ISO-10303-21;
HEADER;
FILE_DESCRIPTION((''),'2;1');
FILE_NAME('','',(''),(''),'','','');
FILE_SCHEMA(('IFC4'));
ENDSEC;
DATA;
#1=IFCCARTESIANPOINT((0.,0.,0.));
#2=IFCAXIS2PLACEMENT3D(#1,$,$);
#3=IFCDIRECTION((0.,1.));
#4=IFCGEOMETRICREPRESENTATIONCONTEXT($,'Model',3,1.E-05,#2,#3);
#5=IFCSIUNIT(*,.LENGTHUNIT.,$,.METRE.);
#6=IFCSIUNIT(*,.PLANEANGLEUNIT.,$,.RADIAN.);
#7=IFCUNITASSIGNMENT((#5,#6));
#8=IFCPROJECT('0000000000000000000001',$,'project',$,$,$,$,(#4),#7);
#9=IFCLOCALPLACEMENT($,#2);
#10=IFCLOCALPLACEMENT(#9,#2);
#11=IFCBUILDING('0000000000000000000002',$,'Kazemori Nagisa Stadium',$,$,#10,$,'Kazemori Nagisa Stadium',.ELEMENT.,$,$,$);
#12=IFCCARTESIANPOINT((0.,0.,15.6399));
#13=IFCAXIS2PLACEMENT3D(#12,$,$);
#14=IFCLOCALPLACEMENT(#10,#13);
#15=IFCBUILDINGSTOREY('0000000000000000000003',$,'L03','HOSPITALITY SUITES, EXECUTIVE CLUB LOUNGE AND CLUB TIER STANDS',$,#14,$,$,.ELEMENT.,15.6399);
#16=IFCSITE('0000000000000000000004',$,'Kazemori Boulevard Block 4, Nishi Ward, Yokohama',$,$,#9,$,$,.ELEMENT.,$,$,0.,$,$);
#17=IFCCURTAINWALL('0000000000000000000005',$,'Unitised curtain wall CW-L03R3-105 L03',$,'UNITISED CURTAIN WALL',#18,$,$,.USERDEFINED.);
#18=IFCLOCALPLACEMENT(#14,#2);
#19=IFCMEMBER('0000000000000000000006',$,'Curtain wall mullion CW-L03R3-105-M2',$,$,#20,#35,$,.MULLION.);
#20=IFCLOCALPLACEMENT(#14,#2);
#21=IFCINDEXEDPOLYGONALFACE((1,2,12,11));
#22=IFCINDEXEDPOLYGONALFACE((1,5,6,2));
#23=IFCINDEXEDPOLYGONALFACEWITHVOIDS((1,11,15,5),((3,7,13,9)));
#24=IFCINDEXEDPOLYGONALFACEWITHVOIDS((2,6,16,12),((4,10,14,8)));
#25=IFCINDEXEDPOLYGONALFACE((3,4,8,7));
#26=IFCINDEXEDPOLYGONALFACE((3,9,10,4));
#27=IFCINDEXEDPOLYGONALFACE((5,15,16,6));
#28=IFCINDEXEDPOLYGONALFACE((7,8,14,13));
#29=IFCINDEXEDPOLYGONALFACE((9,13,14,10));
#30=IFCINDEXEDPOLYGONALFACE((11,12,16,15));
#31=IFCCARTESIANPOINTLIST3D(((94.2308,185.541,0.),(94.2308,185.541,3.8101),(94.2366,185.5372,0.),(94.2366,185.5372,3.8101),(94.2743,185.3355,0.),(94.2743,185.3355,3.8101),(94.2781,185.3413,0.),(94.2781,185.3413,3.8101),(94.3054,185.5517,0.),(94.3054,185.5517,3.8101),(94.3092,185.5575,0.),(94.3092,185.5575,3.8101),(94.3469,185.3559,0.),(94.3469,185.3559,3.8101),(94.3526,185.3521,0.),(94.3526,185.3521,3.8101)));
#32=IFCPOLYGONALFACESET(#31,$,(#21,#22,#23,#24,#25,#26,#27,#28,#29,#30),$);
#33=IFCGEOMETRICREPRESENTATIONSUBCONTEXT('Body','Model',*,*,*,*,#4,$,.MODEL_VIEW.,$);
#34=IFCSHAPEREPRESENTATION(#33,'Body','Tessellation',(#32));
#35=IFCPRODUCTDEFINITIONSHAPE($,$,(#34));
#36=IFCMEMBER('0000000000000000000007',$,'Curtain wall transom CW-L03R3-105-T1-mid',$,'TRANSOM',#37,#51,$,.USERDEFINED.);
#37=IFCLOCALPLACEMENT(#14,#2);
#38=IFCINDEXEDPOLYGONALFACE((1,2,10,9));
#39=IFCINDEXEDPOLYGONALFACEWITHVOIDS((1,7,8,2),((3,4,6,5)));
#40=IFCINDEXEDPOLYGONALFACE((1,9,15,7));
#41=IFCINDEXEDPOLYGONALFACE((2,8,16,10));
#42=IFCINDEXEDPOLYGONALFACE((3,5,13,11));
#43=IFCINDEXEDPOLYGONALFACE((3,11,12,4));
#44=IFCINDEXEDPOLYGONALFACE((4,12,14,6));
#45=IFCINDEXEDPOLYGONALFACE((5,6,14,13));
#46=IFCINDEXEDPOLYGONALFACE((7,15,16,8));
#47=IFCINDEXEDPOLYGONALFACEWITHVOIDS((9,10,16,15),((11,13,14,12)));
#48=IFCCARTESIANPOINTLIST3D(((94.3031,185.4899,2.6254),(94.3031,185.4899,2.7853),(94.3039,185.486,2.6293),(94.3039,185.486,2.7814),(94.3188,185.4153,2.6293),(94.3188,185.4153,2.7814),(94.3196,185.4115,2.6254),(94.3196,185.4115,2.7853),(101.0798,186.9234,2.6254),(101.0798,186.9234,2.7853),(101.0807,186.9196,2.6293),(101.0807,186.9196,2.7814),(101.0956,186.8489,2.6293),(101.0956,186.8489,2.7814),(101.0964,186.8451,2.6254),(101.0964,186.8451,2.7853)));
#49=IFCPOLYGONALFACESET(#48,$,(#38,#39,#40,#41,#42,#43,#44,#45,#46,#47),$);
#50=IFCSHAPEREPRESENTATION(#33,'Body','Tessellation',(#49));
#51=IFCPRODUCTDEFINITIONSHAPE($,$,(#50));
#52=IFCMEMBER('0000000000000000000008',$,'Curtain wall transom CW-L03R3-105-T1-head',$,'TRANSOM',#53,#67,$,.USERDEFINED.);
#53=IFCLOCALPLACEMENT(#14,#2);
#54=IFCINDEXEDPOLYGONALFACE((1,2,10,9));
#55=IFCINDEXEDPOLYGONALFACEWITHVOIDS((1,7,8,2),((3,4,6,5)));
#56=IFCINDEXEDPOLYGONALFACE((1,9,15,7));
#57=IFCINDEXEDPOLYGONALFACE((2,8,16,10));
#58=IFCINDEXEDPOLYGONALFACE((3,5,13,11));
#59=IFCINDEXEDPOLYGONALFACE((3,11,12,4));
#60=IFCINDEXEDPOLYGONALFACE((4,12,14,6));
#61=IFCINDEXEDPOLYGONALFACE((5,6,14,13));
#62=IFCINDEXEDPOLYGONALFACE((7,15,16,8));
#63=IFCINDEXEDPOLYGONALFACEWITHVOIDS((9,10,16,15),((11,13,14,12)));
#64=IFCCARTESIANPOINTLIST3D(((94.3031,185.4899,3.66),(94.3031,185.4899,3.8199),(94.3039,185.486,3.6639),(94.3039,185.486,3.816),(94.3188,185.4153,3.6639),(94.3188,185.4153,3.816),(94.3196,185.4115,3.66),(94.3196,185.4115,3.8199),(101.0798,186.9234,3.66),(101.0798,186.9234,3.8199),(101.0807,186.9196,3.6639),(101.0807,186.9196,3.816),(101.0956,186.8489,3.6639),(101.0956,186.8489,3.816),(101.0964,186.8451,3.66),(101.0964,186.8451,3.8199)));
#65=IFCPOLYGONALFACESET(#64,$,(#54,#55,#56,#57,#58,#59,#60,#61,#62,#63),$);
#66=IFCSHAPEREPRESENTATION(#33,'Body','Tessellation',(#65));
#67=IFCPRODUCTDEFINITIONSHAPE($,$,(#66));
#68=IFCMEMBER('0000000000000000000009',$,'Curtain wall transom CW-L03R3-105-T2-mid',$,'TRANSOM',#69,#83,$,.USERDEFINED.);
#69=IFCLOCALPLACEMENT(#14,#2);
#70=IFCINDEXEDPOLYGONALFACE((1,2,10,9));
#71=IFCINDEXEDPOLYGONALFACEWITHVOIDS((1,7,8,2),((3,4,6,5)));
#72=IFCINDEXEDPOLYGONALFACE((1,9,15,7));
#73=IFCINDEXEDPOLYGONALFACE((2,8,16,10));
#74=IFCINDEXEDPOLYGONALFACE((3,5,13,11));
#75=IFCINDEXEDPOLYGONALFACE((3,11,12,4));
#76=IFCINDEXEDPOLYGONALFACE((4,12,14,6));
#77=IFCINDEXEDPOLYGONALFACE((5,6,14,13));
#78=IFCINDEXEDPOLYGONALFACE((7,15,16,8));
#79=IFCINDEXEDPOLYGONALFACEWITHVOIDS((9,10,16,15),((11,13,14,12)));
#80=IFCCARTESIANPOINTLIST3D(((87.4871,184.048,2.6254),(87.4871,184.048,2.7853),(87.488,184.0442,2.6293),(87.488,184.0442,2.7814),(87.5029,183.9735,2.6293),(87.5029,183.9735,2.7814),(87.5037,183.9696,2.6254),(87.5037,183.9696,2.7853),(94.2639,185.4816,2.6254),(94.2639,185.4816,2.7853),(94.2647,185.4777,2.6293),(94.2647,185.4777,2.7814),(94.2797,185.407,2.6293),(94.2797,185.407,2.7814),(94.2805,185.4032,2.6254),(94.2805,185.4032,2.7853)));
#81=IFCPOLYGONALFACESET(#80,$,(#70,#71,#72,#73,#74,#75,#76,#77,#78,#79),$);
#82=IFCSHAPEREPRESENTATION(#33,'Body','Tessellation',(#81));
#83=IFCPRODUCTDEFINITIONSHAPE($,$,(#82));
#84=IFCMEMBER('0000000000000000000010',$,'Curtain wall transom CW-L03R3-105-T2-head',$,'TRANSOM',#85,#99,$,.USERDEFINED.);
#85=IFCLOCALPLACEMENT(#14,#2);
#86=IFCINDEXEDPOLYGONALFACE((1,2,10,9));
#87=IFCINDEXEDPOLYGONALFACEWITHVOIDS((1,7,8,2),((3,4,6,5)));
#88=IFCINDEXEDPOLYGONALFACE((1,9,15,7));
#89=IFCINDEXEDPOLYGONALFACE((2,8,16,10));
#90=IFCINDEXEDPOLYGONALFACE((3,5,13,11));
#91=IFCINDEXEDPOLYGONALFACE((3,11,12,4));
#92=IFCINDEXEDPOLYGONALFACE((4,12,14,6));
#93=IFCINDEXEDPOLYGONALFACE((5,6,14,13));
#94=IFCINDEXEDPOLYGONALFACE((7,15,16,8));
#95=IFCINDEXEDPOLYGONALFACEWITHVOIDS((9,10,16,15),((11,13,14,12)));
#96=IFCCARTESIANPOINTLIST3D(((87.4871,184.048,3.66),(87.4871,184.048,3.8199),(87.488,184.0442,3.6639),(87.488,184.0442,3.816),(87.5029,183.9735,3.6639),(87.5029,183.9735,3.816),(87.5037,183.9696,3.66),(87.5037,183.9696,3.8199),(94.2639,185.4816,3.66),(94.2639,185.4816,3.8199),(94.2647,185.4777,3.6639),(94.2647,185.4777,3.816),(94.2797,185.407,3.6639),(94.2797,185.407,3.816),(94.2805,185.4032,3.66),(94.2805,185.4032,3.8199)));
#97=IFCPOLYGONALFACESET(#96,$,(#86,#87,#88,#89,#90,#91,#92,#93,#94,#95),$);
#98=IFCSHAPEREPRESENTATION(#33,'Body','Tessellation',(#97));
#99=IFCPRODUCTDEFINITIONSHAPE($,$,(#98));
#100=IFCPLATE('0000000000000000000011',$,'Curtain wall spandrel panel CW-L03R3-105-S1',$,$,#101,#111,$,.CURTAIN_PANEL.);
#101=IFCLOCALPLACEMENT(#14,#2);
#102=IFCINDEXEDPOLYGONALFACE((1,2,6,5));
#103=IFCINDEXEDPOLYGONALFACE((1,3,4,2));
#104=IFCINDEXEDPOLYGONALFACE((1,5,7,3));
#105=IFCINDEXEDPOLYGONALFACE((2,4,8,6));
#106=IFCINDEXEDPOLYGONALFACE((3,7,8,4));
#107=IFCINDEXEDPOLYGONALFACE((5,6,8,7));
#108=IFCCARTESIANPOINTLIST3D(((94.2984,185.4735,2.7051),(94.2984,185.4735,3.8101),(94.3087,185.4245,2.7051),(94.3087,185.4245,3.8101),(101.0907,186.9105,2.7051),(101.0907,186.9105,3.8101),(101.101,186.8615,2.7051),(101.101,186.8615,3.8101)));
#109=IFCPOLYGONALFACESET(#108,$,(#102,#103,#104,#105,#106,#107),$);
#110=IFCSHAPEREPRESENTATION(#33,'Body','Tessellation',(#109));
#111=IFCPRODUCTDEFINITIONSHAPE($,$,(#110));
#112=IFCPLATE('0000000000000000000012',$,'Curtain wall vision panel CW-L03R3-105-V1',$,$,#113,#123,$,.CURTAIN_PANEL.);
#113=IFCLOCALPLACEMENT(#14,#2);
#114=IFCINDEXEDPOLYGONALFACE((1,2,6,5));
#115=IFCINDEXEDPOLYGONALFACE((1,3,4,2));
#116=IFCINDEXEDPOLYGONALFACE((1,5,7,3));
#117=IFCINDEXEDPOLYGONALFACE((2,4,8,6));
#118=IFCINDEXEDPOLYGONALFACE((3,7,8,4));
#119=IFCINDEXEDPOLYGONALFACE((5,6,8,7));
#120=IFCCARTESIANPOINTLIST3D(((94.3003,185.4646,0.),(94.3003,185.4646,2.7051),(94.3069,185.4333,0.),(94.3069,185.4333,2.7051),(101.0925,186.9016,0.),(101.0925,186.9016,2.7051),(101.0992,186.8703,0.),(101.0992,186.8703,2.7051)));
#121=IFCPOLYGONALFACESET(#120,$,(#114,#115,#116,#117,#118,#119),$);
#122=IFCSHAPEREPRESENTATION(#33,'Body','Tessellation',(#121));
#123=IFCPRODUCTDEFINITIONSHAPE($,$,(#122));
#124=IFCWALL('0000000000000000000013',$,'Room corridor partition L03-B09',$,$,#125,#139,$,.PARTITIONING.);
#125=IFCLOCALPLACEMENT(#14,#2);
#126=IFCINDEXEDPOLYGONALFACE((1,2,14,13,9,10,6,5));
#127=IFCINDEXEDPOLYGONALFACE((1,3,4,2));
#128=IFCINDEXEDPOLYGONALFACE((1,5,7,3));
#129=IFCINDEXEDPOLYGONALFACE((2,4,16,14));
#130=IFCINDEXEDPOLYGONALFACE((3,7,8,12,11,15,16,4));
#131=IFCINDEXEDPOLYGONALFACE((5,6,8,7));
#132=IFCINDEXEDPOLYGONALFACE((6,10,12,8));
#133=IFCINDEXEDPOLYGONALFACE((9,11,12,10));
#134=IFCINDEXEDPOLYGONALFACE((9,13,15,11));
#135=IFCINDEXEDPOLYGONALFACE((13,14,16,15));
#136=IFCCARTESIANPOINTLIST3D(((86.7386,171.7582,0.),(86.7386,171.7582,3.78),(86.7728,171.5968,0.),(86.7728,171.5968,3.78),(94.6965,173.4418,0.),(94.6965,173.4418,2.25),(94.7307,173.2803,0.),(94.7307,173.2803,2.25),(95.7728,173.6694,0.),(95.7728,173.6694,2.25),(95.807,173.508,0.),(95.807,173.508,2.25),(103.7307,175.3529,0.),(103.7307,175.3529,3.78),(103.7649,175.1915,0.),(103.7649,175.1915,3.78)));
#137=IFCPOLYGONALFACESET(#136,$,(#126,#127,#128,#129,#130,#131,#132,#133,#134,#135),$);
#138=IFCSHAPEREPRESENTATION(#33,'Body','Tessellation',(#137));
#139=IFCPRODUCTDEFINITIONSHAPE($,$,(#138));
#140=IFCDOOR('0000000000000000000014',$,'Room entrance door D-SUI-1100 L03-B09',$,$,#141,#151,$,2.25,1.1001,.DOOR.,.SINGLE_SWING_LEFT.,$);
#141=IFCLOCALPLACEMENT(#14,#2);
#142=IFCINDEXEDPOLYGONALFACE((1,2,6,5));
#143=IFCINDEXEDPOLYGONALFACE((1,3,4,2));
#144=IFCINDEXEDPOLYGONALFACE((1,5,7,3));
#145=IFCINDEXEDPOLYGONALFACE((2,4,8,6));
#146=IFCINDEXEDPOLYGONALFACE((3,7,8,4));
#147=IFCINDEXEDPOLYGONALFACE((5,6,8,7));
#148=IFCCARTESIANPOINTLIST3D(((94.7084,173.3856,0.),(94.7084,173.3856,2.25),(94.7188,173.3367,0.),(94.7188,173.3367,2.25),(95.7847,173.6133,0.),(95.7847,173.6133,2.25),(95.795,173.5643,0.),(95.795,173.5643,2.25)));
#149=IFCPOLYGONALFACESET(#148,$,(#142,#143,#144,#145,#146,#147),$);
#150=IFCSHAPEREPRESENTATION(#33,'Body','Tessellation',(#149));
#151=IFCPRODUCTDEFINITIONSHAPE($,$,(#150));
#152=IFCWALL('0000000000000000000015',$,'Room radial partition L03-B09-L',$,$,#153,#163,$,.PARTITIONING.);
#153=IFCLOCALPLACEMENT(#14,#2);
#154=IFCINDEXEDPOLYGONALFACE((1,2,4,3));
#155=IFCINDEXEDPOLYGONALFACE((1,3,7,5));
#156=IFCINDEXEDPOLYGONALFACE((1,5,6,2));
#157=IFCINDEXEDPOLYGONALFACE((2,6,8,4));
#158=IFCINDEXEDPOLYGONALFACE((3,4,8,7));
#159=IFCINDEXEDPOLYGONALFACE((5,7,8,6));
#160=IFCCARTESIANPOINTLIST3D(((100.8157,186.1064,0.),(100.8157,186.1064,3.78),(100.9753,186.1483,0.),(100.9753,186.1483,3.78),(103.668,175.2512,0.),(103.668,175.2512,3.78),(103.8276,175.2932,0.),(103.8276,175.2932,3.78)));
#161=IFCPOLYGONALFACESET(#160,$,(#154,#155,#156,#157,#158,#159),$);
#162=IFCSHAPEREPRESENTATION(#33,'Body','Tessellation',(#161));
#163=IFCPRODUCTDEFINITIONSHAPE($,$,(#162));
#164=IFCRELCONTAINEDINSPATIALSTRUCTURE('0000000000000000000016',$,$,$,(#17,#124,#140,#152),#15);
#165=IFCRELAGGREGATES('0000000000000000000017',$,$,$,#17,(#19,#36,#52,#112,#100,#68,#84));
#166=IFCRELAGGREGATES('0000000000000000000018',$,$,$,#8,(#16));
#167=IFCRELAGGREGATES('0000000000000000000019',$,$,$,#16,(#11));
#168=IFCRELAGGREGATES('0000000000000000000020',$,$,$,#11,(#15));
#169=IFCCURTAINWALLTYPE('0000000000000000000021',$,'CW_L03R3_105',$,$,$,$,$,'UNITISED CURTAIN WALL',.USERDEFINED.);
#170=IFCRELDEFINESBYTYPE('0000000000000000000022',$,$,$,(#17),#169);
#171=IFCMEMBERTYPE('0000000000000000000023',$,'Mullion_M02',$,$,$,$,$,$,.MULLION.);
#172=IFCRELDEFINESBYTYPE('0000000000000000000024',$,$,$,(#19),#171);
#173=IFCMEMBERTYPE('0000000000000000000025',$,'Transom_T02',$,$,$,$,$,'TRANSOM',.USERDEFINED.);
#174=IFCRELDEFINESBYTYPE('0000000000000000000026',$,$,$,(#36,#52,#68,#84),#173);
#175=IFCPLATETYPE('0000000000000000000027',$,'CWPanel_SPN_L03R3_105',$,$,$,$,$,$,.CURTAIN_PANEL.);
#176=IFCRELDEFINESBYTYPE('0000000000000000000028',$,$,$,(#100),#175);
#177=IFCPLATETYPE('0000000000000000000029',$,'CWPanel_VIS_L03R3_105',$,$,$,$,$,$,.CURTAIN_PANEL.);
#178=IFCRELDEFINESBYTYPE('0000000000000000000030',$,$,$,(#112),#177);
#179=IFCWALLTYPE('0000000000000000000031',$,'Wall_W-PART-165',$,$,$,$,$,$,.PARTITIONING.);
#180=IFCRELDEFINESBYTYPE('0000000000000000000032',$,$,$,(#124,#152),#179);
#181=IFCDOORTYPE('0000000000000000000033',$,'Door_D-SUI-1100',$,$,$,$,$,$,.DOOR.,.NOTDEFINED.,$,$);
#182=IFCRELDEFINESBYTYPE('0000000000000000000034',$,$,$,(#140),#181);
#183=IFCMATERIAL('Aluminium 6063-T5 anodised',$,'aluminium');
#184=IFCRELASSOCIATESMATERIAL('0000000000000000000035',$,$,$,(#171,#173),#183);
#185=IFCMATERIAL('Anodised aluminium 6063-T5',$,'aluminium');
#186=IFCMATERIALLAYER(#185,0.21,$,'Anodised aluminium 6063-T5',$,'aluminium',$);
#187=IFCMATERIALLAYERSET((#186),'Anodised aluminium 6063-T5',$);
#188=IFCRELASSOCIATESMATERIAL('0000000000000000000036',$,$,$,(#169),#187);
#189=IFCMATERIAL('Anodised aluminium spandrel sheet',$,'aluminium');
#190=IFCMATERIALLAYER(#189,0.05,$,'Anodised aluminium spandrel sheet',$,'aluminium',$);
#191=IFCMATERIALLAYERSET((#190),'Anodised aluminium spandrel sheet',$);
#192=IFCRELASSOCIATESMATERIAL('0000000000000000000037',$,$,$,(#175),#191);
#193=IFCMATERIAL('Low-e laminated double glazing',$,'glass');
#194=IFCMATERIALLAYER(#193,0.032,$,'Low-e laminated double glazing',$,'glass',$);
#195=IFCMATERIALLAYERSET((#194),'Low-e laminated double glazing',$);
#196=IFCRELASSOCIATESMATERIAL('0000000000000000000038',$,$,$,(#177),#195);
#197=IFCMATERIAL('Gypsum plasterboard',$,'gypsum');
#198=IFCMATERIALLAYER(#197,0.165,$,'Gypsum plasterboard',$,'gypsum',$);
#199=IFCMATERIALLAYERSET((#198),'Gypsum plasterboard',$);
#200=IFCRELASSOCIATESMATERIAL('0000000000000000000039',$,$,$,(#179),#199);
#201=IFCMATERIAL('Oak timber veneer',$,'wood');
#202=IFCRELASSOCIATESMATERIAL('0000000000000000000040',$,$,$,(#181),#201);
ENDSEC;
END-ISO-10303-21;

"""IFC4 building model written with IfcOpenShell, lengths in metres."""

from ifc_helpers import new_model, si_unit, direction, frame, frame_2d, origin, origin_2d, place, context, subcontext, project, spatial, rectangle, hollow_rectangle, extrude, material, layer, layer_set, material_profile, profile_set, type_object, element, fill, aggregate, save


model = new_model("IFC4")

# Units and contexts
model_context = context("Model", 3, precision=1e-05, world=origin(), true_north=direction((0.0, 1.0)))
body_context = subcontext(model_context, "Body", "Model", "MODEL_VIEW")
ifc_project = project(units=[si_unit("LENGTHUNIT", "METRE"), si_unit("PLANEANGLEUNIT", "RADIAN")], contexts=[model_context])

# Site, building, storey
site_placement = place(None, origin())
site = spatial("IfcSite", under=ifc_project, at=site_placement, Name="Kazemori Boulevard Block 4, Nishi Ward, Yokohama", CompositionType="ELEMENT", RefElevation=0.0)
building_placement = place(site_placement, origin())
building = spatial("IfcBuilding", under=site, at=building_placement, Name="Kazemori Nagisa Stadium", LongName="Kazemori Nagisa Stadium", CompositionType="ELEMENT")
storey_placement = place(building_placement, frame((0.0, 0.0, 15.6399)))
storey = spatial("IfcBuildingStorey", under=building, at=storey_placement, Name="L03", Description="HOSPITALITY SUITES, EXECUTIVE CLUB LOUNGE AND CLUB TIER STANDS", CompositionType="ELEMENT", Elevation=15.6399)

# Shared definitions
ifc_material_1 = material(Name="Anodised aluminium 6063-T5", Category="aluminium")
ifc_material_2 = material(Name="Aluminium 6063-T5 anodised", Category="aluminium")
ifc_material_profile_1 = material_profile(ifc_material_2, hollow_rectangle(XDim=0.0801, YDim=0.21, WallThickness=0.0049, at=origin_2d()), Name="ALU-MULL-80x210x5")
ifc_profile_set_1 = profile_set([ifc_material_profile_1], Name="Aluminium 6063-T5 anodised")
member_type_1 = type_object("IfcMemberType", Name="Mullion_M02", PredefinedType="MULLION", material=ifc_profile_set_1)

# Curtain wall, members, plates
ifc_layer_1 = layer(ifc_material_1, 0.21, Name="Anodised aluminium 6063-T5", Category="aluminium")
ifc_layer_set_1 = layer_set([ifc_layer_1], Name="Anodised aluminium 6063-T5")
curtain_wall_type_1 = type_object("IfcCurtainWallType", Name="CW_L03R3_105", ElementType="UNITISED CURTAIN WALL", PredefinedType="USERDEFINED", material=ifc_layer_set_1)
curtain_wall_1_placement = place(storey_placement, origin())
curtain_wall_1 = element("IfcCurtainWall", 1, at=curtain_wall_1_placement, inside=storey, type_object=curtain_wall_type_1, Name="Unitised curtain wall CW-L03R3-105 L03", ObjectType="UNITISED CURTAIN WALL", PredefinedType="USERDEFINED")
member_1_placement = place(storey_placement, frame((94.2917, 185.4465, 0.0), z_axis=(0.0, 0.0, 1.0), x_axis=(-0.978345, -0.206981, 0.0)))
member_1 = element("IfcMember", 2, at=member_1_placement, type_object=member_type_1, Name="Curtain wall mullion CW-L03R3-105-M2", PredefinedType="MULLION", context=body_context, shape_type="SweptSolid", body=[
    extrude(hollow_rectangle(XDim=0.0801, YDim=0.21, WallThickness=0.0049, at=origin_2d()), origin(), (0.0, 0.0, 1.0), 3.8101),
])
ifc_material_profile_2 = material_profile(ifc_material_2, hollow_rectangle(XDim=0.0801, YDim=0.1599, WallThickness=0.0039, at=origin_2d()), Name="ALU-TRAN-80x160x4")
ifc_profile_set_2 = profile_set([ifc_material_profile_2], Name="Aluminium 6063-T5 anodised")
member_type_2 = type_object("IfcMemberType", Name="Transom_T02", ElementType="TRANSOM", PredefinedType="USERDEFINED", material=ifc_profile_set_2)
member_2_placement = place(storey_placement, frame((101.0881, 186.8843, 2.7053), z_axis=(-0.978349, -0.206962, 0.0), x_axis=(0.206962, -0.978349, 0.0)))
member_2 = element("IfcMember", 3, at=member_2_placement, type_object=member_type_2, Name="Curtain wall transom CW-L03R3-105-T1-mid", ObjectType="TRANSOM", PredefinedType="USERDEFINED", context=body_context, shape_type="SweptSolid", body=[
    extrude(hollow_rectangle(XDim=0.0801, YDim=0.1599, WallThickness=0.0039, at=origin_2d()), origin(), (0.0, 0.0, 1.0), 6.9268),
])
member_3_placement = place(storey_placement, frame((101.0881, 186.8843, 3.74), z_axis=(-0.978349, -0.206962, 0.0), x_axis=(0.206962, -0.978349, 0.0)))
member_3 = element("IfcMember", 4, at=member_3_placement, type_object=member_type_2, Name="Curtain wall transom CW-L03R3-105-T1-head", ObjectType="TRANSOM", PredefinedType="USERDEFINED", context=body_context, shape_type="SweptSolid", body=[
    extrude(hollow_rectangle(XDim=0.0801, YDim=0.1599, WallThickness=0.0039, at=origin_2d()), origin(), (0.0, 0.0, 1.0), 6.9268),
])
member_4_placement = place(storey_placement, frame((94.2722, 185.4424, 2.7053), z_axis=(-0.978349, -0.206962, 0.0), x_axis=(0.206962, -0.978349, 0.0)))
member_4 = element("IfcMember", 5, at=member_4_placement, type_object=member_type_2, Name="Curtain wall transom CW-L03R3-105-T2-mid", ObjectType="TRANSOM", PredefinedType="USERDEFINED", context=body_context, shape_type="SweptSolid", body=[
    extrude(hollow_rectangle(XDim=0.0801, YDim=0.1599, WallThickness=0.0039, at=origin_2d()), origin(), (0.0, 0.0, 1.0), 6.9268),
])
member_5_placement = place(storey_placement, frame((94.2722, 185.4424, 3.74), z_axis=(-0.978349, -0.206962, 0.0), x_axis=(0.206962, -0.978349, 0.0)))
member_5 = element("IfcMember", 6, at=member_5_placement, type_object=member_type_2, Name="Curtain wall transom CW-L03R3-105-T2-head", ObjectType="TRANSOM", PredefinedType="USERDEFINED", context=body_context, shape_type="SweptSolid", body=[
    extrude(hollow_rectangle(XDim=0.0801, YDim=0.1599, WallThickness=0.0039, at=origin_2d()), origin(), (0.0, 0.0, 1.0), 6.9268),
])
ifc_material_3 = material(Name="Anodised aluminium spandrel sheet", Category="aluminium")
ifc_layer_2 = layer(ifc_material_3, 0.05, Name="Anodised aluminium spandrel sheet", Category="aluminium")
ifc_layer_set_2 = layer_set([ifc_layer_2], Name="Anodised aluminium spandrel sheet")
plate_type_1 = type_object("IfcPlateType", Name="CWPanel_SPN_L03R3_105", PredefinedType="CURTAIN_PANEL", material=ifc_layer_set_2)
plate_1_placement = place(storey_placement, frame((97.6997, 186.1675, 2.7051), z_axis=(0.0, 0.0, 1.0), x_axis=(-0.978345, -0.206981, 0.0)))
plate_1 = element("IfcPlate", 7, at=plate_1_placement, type_object=plate_type_1, Name="Curtain wall spandrel panel CW-L03R3-105-S1", PredefinedType="CURTAIN_PANEL", context=body_context, shape_type="SweptSolid", body=[
    extrude(rectangle(XDim=6.9426, YDim=0.05, at=origin_2d()), origin(), (0.0, 0.0, 1.0), 1.105),
])
ifc_material_4 = material(Name="Low-e laminated double glazing", Category="glass")
ifc_layer_3 = layer(ifc_material_4, 0.032, Name="Low-e laminated double glazing", Category="glass")
ifc_layer_set_3 = layer_set([ifc_layer_3], Name="Low-e laminated double glazing")
plate_type_2 = type_object("IfcPlateType", Name="CWPanel_VIS_L03R3_105", PredefinedType="CURTAIN_PANEL", material=ifc_layer_set_3)
plate_2_placement = place(storey_placement, frame((97.6997, 186.1675, 0.0), z_axis=(0.0, 0.0, 1.0), x_axis=(-0.978345, -0.206981, 0.0)))
plate_2 = element("IfcPlate", 8, at=plate_2_placement, type_object=plate_type_2, Name="Curtain wall vision panel CW-L03R3-105-V1", PredefinedType="CURTAIN_PANEL", context=body_context, shape_type="SweptSolid", body=[
    extrude(rectangle(XDim=6.9426, YDim=0.032, at=origin_2d()), origin(), (0.0, 0.0, 1.0), 2.7051),
])
aggregate(curtain_wall_1, [member_1, member_2, member_3, plate_2, plate_1, member_4, member_5])

# Wall, opening, door
ifc_material_5 = material(Name="Gypsum plasterboard", Category="gypsum")
ifc_layer_4 = layer(ifc_material_5, 0.165, Name="Gypsum plasterboard", Category="gypsum")
ifc_layer_set_4 = layer_set([ifc_layer_4], Name="Gypsum plasterboard")
wall_type_1 = type_object("IfcWallType", Name="Wall_W-PART-165", PredefinedType="PARTITIONING", material=ifc_layer_set_4)
wall_1_placement = place(storey_placement, frame((103.7478, 175.2722, 0.0), z_axis=(0.0, 0.0, 1.0), x_axis=(-0.978347, -0.206971, 0.0)))
wall_1 = element("IfcWall", 9, at=wall_1_placement, inside=storey, type_object=wall_type_1, Name="Room corridor partition L03-B09", PredefinedType="PARTITIONING", context=body_context, shape_type="SweptSolid", body=[
    extrude(rectangle(XDim=17.3682, YDim=0.165, at=frame_2d((8.6841, 0.0))), origin(), (0.0, 0.0, 1.0), 3.78),
])
opening_1_placement = place(wall_1_placement, frame((8.134, 0.0, 0.0)))
opening_1 = element("IfcOpeningElement", 10, at=opening_1_placement, cuts=wall_1, PredefinedType="OPENING", context=body_context, shape_type="SweptSolid", body=[
    extrude(rectangle(XDim=1.1001, YDim=2.25, at=frame_2d((0.55, 1.125))), frame((0.0, 0.0925, 0.0), z_axis=(0.0, -1.0, 0.0), x_axis=(1.0, 0.0, 0.0)), (0.0, 0.0, 1.0), 0.1851),
])
ifc_material_6 = material(Name="Oak timber veneer", Category="wood")
door_type = type_object("IfcDoorType", Name="Door_D-SUI-1100", OperationType="NOTDEFINED", PredefinedType="DOOR", material=ifc_material_6)
door_1_placement = place(opening_1_placement, origin())
door_1 = element("IfcDoor", 11, at=door_1_placement, inside=storey, type_object=door_type, Name="Room entrance door D-SUI-1100 L03-B09", OperationType="SINGLE_SWING_LEFT", OverallHeight=2.25, OverallWidth=1.1001, PredefinedType="DOOR", context=body_context, shape_type="SweptSolid", body=[
    extrude(rectangle(XDim=1.1001, YDim=2.25, at=frame_2d((0.55, 1.125))), frame((0.0, 0.0249, 0.0), z_axis=(0.0, -1.0, 0.0), x_axis=(1.0, 0.0, 0.0)), (0.0, 0.0, 1.0), 0.05),
])
fill(opening_1, door_1)

# Wall
wall_2_placement = place(storey_placement, frame((103.7478, 175.2722, 0.0), z_axis=(0.0, 0.0, 1.0), x_axis=(-0.254131, 0.96717, 0.0)))
element("IfcWall", 12, at=wall_2_placement, inside=storey, type_object=wall_type_1, Name="Room radial partition L03-B09-L", PredefinedType="PARTITIONING", context=body_context, shape_type="SweptSolid", body=[
    extrude(rectangle(XDim=11.2236, YDim=0.165, at=frame_2d((5.6118, 0.0))), origin(), (0.0, 0.0, 1.0), 3.78),
])

save(model, "model.ifc")
